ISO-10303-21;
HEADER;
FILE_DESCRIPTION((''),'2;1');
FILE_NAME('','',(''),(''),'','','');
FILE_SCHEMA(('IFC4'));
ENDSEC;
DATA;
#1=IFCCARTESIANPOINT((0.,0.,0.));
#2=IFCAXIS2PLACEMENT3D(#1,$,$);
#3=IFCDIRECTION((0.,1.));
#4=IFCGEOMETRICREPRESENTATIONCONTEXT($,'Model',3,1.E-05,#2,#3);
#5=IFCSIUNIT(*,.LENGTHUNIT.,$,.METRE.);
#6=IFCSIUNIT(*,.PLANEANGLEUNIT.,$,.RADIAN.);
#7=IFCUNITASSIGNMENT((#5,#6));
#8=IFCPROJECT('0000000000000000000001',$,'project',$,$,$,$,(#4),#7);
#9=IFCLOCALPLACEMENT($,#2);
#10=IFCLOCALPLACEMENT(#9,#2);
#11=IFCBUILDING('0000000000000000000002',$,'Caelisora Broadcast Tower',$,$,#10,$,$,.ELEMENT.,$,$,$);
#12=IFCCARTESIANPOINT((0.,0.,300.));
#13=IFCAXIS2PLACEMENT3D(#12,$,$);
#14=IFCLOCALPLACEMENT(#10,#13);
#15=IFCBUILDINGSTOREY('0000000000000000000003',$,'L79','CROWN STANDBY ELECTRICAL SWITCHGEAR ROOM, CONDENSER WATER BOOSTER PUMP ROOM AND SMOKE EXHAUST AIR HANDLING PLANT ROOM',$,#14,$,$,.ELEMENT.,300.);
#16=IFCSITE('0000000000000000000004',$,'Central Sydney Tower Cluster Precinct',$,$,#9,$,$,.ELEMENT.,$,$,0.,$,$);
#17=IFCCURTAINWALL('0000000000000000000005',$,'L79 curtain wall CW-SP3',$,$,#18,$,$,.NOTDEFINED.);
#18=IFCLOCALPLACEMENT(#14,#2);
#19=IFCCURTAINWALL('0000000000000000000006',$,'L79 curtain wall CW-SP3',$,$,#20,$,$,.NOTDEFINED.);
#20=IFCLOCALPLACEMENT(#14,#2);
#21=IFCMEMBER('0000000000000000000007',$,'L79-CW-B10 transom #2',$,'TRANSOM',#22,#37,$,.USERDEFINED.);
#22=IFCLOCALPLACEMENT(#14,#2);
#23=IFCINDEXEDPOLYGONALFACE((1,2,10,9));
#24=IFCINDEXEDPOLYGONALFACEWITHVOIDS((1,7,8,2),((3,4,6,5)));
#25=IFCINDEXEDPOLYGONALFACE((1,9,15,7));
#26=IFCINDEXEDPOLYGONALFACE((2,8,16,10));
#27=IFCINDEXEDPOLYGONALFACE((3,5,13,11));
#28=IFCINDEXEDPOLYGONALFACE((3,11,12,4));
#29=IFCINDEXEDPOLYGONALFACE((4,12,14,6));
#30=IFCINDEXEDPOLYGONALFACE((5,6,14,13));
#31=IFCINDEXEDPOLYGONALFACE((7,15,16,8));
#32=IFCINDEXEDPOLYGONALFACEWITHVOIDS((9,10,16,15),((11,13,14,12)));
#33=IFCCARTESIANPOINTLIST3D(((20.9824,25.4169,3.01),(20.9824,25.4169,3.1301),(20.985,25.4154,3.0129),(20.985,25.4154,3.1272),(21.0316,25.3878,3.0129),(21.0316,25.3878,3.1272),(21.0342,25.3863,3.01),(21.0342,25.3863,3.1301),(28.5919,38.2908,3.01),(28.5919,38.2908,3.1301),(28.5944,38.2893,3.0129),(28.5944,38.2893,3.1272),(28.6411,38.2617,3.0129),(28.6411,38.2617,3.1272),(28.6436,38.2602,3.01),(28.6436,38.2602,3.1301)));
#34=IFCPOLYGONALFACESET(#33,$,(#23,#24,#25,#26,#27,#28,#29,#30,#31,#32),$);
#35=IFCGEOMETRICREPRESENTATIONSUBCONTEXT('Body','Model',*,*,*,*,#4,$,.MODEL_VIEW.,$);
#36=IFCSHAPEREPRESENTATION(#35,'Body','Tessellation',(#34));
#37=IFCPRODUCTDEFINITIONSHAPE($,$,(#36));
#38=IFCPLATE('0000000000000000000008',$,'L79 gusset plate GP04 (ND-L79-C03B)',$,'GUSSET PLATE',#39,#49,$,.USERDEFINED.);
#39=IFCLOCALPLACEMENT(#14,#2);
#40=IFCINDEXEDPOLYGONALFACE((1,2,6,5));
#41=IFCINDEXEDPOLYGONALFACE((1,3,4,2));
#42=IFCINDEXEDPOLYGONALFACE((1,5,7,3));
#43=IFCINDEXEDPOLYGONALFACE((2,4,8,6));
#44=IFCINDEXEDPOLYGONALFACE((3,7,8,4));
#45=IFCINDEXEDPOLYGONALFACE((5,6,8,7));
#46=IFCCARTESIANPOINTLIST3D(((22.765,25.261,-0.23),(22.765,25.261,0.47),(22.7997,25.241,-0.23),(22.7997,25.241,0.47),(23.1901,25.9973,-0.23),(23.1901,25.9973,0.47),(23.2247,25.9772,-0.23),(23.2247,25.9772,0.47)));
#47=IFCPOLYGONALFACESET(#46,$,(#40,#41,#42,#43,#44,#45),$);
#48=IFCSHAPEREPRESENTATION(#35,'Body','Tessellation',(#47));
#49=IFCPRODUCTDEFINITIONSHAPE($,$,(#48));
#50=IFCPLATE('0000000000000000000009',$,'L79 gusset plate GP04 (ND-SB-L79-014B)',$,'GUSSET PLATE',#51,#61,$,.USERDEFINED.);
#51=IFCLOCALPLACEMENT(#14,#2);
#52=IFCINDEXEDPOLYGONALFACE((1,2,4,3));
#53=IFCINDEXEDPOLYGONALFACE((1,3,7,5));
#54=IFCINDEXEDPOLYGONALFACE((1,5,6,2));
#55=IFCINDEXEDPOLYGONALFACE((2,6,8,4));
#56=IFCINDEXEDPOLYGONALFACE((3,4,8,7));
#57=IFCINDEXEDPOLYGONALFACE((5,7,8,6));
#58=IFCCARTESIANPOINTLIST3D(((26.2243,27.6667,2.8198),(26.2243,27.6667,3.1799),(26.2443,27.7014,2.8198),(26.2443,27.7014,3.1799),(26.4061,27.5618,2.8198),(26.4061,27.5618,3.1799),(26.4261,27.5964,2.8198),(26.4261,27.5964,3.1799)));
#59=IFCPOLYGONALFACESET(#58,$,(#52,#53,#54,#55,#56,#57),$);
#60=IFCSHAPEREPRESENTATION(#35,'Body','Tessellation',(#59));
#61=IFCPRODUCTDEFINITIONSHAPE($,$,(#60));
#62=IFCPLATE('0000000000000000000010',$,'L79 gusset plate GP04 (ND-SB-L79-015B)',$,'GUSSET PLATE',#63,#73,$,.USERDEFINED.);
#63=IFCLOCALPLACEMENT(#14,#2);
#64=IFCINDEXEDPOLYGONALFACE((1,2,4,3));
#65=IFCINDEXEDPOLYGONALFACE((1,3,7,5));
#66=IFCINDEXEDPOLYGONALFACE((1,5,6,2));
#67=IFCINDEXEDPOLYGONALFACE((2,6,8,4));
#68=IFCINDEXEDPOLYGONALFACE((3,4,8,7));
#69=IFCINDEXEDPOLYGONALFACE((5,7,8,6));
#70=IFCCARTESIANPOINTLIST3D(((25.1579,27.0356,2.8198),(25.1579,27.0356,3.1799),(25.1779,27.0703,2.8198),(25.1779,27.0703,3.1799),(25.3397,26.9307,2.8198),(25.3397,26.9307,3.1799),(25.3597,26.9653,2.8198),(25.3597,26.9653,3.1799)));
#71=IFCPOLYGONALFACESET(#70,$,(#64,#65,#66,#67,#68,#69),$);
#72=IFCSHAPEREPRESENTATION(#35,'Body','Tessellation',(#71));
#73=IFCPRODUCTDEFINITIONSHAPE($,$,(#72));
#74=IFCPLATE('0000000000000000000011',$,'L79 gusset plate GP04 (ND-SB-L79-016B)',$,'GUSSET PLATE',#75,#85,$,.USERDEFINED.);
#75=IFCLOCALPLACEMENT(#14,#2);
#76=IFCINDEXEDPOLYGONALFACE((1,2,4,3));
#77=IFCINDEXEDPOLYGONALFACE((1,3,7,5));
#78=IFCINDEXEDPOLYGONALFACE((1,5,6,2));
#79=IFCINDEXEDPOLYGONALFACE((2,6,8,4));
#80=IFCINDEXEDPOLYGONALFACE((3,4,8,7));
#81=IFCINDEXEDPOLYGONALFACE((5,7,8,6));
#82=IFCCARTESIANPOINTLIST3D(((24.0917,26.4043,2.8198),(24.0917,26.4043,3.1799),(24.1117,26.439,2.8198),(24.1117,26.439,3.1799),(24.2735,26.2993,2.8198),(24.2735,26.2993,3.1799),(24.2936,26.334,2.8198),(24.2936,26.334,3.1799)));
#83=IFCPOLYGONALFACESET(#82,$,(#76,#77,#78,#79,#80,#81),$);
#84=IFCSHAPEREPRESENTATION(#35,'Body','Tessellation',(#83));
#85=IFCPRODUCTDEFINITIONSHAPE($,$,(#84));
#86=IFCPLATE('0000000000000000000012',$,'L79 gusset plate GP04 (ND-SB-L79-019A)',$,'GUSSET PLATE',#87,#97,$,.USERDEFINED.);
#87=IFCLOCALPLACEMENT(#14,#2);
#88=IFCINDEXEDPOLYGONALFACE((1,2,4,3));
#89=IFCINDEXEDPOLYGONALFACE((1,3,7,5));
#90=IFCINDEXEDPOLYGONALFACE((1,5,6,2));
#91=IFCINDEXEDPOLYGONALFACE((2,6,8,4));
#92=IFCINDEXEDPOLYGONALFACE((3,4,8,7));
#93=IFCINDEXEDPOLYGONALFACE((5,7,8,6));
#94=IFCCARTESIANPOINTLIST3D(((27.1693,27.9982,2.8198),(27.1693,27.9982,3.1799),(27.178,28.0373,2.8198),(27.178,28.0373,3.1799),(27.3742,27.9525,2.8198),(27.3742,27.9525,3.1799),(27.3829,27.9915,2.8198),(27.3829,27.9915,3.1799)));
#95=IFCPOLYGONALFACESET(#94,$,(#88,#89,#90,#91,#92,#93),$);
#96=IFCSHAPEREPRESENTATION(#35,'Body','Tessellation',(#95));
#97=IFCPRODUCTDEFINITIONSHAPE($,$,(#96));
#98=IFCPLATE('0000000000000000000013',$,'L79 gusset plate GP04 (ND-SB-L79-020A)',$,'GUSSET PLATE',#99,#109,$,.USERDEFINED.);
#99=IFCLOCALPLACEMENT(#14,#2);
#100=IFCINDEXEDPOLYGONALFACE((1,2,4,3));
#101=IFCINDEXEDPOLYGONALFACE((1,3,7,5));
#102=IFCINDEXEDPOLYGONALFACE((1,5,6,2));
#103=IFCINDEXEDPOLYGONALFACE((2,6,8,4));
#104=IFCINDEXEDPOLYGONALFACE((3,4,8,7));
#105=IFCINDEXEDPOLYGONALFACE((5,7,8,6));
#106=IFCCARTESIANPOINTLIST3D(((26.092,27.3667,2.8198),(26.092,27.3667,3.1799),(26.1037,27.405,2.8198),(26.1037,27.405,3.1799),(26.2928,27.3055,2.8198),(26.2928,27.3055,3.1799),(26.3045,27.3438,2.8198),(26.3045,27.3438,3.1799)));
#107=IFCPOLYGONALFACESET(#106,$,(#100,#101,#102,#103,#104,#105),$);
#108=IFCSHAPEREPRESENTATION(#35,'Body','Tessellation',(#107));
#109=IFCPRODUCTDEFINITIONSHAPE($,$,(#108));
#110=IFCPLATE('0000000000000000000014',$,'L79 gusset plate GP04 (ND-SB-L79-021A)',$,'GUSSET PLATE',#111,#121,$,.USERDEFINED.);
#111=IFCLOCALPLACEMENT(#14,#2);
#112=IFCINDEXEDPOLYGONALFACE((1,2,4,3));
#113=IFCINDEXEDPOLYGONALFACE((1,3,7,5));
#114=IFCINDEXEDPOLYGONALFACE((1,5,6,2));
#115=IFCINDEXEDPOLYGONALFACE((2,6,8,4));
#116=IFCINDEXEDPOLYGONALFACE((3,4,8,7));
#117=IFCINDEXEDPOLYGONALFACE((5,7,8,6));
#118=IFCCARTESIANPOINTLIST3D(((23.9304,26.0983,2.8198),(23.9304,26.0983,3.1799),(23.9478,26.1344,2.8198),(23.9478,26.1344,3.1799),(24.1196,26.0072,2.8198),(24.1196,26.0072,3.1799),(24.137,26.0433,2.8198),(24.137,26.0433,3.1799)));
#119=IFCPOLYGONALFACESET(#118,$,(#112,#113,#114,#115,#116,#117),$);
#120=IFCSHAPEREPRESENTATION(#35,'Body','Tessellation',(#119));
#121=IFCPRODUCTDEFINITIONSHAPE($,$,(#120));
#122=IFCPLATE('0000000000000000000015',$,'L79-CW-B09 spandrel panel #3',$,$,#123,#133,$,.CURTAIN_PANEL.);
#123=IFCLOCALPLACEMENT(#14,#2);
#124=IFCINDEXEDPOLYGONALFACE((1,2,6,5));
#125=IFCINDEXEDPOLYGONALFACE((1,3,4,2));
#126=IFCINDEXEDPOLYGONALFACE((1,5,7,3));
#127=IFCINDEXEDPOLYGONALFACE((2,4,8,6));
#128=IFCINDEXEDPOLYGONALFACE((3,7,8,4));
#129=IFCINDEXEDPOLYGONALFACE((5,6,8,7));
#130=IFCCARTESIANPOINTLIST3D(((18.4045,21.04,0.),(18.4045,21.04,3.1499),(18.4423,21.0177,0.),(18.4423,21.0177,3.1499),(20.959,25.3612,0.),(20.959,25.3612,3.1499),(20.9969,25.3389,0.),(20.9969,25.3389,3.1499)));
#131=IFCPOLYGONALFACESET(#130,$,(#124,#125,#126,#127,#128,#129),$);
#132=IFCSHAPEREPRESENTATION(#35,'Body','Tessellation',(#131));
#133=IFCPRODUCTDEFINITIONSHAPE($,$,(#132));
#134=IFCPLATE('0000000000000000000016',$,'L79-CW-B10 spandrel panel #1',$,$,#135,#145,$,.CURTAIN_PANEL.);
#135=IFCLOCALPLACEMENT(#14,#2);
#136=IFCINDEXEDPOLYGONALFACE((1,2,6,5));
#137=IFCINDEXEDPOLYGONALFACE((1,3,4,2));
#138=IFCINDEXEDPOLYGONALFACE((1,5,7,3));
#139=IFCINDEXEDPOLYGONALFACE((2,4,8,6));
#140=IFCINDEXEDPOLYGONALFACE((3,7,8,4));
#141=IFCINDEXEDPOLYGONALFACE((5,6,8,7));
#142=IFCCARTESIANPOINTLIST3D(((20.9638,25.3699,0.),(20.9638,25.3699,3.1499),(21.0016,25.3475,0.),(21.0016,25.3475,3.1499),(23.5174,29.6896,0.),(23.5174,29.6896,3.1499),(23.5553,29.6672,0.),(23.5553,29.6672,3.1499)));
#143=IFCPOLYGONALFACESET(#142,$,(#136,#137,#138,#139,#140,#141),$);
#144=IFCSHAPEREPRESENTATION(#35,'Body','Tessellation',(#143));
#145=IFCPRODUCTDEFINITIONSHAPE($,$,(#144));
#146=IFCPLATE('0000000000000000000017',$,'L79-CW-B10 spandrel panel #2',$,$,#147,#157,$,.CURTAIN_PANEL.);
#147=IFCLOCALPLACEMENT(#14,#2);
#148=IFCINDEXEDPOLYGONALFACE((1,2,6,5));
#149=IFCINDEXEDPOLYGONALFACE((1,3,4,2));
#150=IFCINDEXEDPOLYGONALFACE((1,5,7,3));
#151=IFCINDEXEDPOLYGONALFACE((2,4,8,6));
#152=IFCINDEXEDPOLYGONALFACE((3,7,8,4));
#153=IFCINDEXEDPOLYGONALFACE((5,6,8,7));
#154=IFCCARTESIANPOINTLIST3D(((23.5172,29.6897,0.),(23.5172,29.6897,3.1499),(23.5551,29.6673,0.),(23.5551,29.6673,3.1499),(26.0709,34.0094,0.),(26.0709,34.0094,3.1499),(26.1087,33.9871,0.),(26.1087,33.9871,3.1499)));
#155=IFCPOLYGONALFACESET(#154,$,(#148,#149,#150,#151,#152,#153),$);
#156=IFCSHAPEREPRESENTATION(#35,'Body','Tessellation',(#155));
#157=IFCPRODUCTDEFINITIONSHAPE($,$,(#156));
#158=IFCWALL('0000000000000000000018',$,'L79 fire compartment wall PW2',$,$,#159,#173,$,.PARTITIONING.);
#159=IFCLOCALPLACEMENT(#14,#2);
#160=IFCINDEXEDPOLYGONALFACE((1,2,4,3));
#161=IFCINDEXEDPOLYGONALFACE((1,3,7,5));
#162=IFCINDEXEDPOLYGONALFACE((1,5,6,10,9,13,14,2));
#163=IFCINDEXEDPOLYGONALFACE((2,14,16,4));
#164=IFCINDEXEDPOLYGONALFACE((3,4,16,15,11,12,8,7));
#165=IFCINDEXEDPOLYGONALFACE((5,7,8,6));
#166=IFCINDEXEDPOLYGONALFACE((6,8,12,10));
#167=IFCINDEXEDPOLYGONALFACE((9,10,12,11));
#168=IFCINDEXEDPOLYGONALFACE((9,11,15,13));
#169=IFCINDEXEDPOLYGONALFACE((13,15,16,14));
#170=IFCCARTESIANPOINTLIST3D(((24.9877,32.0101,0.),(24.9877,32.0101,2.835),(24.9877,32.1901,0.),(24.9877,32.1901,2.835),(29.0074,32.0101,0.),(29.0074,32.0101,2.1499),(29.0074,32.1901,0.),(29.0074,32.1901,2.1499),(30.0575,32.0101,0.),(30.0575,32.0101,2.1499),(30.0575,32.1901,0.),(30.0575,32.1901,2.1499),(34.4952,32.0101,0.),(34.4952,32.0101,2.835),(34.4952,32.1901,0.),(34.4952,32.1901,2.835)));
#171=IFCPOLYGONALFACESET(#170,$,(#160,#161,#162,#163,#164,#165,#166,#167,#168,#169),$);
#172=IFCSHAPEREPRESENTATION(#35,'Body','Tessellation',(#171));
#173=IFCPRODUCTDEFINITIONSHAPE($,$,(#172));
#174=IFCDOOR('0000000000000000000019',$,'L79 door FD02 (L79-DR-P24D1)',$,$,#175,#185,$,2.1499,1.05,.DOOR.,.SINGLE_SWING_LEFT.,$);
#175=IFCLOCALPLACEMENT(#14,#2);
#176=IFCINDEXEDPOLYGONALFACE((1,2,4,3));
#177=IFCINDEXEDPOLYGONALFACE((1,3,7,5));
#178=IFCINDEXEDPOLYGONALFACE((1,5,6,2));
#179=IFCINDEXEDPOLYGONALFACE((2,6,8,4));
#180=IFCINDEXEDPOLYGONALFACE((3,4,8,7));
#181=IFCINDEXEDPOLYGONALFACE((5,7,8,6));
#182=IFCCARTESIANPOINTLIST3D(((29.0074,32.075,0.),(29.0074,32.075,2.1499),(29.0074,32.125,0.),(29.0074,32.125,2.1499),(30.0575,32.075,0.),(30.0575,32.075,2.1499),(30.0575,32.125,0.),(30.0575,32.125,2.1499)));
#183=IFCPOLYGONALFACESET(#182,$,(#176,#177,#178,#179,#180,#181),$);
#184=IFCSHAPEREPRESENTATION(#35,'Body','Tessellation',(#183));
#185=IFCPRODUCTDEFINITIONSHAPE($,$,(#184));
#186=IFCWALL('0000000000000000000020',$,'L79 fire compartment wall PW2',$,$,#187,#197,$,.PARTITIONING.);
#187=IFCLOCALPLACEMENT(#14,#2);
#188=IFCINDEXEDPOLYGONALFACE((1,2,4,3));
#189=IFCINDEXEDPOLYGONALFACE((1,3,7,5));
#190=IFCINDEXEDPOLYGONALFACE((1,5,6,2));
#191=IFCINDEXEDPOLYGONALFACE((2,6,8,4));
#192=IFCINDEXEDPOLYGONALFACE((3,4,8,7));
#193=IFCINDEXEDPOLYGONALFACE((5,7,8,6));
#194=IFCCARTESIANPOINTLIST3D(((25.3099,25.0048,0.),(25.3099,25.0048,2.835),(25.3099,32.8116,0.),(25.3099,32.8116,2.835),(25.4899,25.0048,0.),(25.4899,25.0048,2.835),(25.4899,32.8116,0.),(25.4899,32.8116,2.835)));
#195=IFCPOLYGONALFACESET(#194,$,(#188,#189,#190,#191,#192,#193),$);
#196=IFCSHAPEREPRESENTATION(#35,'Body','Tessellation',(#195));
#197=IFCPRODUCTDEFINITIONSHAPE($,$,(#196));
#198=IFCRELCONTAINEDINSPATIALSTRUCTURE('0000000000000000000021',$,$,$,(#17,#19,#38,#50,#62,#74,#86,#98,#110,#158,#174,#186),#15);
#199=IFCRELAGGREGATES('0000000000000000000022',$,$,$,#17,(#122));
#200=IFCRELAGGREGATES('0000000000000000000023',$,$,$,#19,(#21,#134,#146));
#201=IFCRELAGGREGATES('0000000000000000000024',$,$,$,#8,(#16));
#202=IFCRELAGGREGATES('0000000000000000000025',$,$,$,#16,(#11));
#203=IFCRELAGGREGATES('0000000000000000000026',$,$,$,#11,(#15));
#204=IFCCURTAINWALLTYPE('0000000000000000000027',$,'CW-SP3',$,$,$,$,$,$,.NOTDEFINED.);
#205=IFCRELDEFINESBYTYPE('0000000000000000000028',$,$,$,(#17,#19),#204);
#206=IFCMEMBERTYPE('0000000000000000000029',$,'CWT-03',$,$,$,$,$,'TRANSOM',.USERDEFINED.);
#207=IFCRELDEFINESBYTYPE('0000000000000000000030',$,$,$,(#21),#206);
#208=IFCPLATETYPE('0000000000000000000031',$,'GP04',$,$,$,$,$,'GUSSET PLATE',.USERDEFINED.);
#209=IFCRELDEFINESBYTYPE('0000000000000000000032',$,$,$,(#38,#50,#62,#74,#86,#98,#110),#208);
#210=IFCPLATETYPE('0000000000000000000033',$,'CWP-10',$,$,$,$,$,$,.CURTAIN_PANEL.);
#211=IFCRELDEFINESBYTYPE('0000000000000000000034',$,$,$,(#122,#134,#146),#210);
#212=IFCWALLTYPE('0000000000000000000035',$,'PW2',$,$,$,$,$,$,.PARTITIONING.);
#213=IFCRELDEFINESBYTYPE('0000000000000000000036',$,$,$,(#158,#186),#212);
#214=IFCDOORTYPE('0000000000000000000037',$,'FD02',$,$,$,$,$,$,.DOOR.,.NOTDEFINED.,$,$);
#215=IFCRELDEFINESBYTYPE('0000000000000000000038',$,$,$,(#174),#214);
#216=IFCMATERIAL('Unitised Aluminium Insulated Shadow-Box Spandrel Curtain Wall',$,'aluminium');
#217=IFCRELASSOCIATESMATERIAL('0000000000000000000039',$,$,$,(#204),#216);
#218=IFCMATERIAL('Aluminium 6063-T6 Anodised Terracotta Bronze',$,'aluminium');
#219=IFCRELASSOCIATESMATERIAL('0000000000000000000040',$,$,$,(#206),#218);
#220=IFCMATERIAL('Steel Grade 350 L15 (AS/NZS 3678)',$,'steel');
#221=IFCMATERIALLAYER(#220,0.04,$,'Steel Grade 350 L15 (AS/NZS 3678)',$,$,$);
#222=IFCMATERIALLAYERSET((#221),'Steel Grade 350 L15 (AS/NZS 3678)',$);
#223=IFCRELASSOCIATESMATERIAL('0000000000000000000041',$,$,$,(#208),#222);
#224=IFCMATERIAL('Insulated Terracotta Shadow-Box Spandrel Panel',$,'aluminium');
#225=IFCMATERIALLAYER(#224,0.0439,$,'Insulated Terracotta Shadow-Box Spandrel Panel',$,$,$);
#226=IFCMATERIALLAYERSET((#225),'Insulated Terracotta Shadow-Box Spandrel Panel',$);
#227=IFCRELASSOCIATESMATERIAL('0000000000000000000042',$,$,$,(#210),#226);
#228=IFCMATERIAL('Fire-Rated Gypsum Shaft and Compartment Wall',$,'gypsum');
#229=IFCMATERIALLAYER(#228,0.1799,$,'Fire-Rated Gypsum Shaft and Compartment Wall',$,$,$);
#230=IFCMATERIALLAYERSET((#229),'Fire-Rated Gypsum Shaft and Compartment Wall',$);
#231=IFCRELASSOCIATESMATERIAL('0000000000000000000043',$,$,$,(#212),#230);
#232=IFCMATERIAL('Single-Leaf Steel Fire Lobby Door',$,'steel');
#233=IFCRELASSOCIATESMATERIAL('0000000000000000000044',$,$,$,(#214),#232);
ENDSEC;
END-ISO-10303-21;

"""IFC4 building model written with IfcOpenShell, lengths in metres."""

from ifc_helpers import new_model, si_unit, direction, frame, frame_2d, origin, origin_2d, place, context, subcontext, project, spatial, rectangle, hollow_rectangle, extrude, source, transform, mapped, material, layer, layer_set, material_profile, profile_set, type_object, type_shapes, element, fill, aggregate, save


model = new_model("IFC4")

# Units and contexts
model_context = context("Model", 3, precision=1e-05, world=origin(), true_north=direction((0.0, 1.0)))
body_context = subcontext(model_context, "Body", "Model", "MODEL_VIEW")
ifc_project = project(units=[si_unit("LENGTHUNIT", "METRE"), si_unit("PLANEANGLEUNIT", "RADIAN")], contexts=[model_context])

# Site, building, storey
site_placement = place(None, origin())
site = spatial("IfcSite", under=ifc_project, at=site_placement, Name="Central Sydney Tower Cluster Precinct", CompositionType="ELEMENT", RefElevation=0.0)
building_placement = place(site_placement, origin())
building = spatial("IfcBuilding", under=site, at=building_placement, Name="Caelisora Broadcast Tower", CompositionType="ELEMENT")
storey_placement = place(building_placement, frame((0.0, 0.0, 300.0)))
storey = spatial("IfcBuildingStorey", under=building, at=storey_placement, Name="L79", Description="CROWN STANDBY ELECTRICAL SWITCHGEAR ROOM, CONDENSER WATER BOOSTER PUMP ROOM AND SMOKE EXHAUST AIR HANDLING PLANT ROOM", CompositionType="ELEMENT", Elevation=300.0)

# Curtain wall
ifc_material_1 = material(Name="Unitised Aluminium Insulated Shadow-Box Spandrel Curtain Wall", Category="aluminium")
curtain_wall_type = type_object("IfcCurtainWallType", Name="CW-SP3", PredefinedType="NOTDEFINED", material=ifc_material_1)
curtain_wall_1_placement = place(storey_placement, origin())
curtain_wall_1 = element("IfcCurtainWall", 1, at=curtain_wall_1_placement, inside=storey, type_object=curtain_wall_type, Name="L79 curtain wall CW-SP3", PredefinedType="NOTDEFINED")
ifc_material_2 = material(Name="Aluminium 6063-T6 Anodised Terracotta Bronze", Category="aluminium")

# Curtain wall, member
curtain_wall_2_placement = place(storey_placement, origin())
curtain_wall_2 = element("IfcCurtainWall", 2, at=curtain_wall_2_placement, inside=storey, type_object=curtain_wall_type, Name="L79 curtain wall CW-SP3", PredefinedType="NOTDEFINED")
ifc_material_profile_1 = material_profile(ifc_material_2, hollow_rectangle(XDim=0.0601, YDim=0.1201, WallThickness=0.0029, at=origin_2d()), Name="Aluminium 6063-T6 Anodised Terracotta Bronze")
ifc_profile_set_1 = profile_set([ifc_material_profile_1], Name="Aluminium 6063-T6 Anodised Terracotta Bronze")
member_type_1 = type_object("IfcMemberType", Name="CWT-03", ElementType="TRANSOM", PredefinedType="USERDEFINED", material=ifc_profile_set_1)
shared_shape_1 = source(origin(), body_context, "Body", "SweptSolid", [
    extrude(hollow_rectangle(XDim=0.0601, YDim=0.1201, WallThickness=0.0029, at=origin_2d()), origin(), (0.0, 0.0, 1.0), 14.9546),
])
type_shapes(member_type_1, [shared_shape_1])
member_1_placement = place(storey_placement, frame((21.0083, 25.4016, 3.0701), z_axis=(0.508835, 0.860864, 0.0), x_axis=(-0.860864, 0.508835, 0.0)))
member_1 = element("IfcMember", 3, at=member_1_placement, type_object=member_type_1, Name="L79-CW-B10 transom #2", ObjectType="TRANSOM", PredefinedType="USERDEFINED", context=body_context, shape_type="MappedRepresentation", body=[
    mapped(shared_shape_1, transform((0.0, 0.0, 0.0), scale=1.0)),
])

# Plates
ifc_material_3 = material(Name="Steel Grade 350 L15 (AS/NZS 3678)", Category="steel")
ifc_layer_1 = layer(ifc_material_3, 0.04, Name="Steel Grade 350 L15 (AS/NZS 3678)")
ifc_layer_set_1 = layer_set([ifc_layer_1], Name="Steel Grade 350 L15 (AS/NZS 3678)")
plate_type_1 = type_object("IfcPlateType", Name="GP04", ElementType="GUSSET PLATE", PredefinedType="USERDEFINED", material=ifc_layer_set_1)
shared_shape_2 = source(origin(), body_context, "Body", "SweptSolid", [
    extrude(rectangle(XDim=0.8501, YDim=0.04, at=origin_2d()), origin(), (0.0, 0.0, 1.0), 0.7),
])
plate_1_placement = place(storey_placement, frame((22.9949, 25.6191, -0.23), z_axis=(0.0, 0.0, 1.0), x_axis=(-0.5, -0.866025, 0.0)))
element("IfcPlate", 4, at=plate_1_placement, inside=storey, type_object=plate_type_1, Name="L79 gusset plate GP04 (ND-L79-C03B)", ObjectType="GUSSET PLATE", PredefinedType="USERDEFINED", context=body_context, shape_type="MappedRepresentation", body=[
    mapped(shared_shape_2, transform((0.0, 0.0, 0.0), scale=1.0)),
])
shared_shape_3 = source(origin(), body_context, "Body", "SweptSolid", [
    extrude(rectangle(XDim=0.21, YDim=0.04, at=origin_2d()), origin(), (0.0, 0.0, 1.0), 0.3601),
])
type_shapes(plate_type_1, [shared_shape_2, shared_shape_3])
for number, where, z_axis, x_axis, name in (
    (5, (26.3252, 27.6316, 2.8198), (0.0, 0.0, 1.0), (0.866025, -0.5, 0.0), "L79 gusset plate GP04 (ND-SB-L79-014B)"),
    (6, (25.2588, 27.0005, 2.8198), (0.0, 0.0, 1.0), (0.866025, -0.5, 0.0), "L79 gusset plate GP04 (ND-SB-L79-015B)"),
    (7, (24.1926, 26.3691, 2.8198), (0.0, 0.0, 1.0), (0.866025, -0.5, 0.0), "L79 gusset plate GP04 (ND-SB-L79-016B)"),
    (8, (27.2761, 27.9949, 2.8198), (0.0, 0.0, 1.0), (0.975993, -0.217803, 0.0), "L79 gusset plate GP04 (ND-SB-L79-019A)"),
    (9, (26.1982, 27.3552, 2.8198), (0.0, 0.0, 1.0), (0.956509, -0.291704, 0.0), "L79 gusset plate GP04 (ND-SB-L79-020A)"),
    (10, (24.0337, 26.0708, 2.8198), (0.0, 0.0, 1.0), (0.900926, -0.433974, 0.0), "L79 gusset plate GP04 (ND-SB-L79-021A)"),
):
    element("IfcPlate", number, at=place(storey_placement, frame(where, z_axis=z_axis, x_axis=x_axis)), inside=storey, type_object=plate_type_1, Name=name, ObjectType="GUSSET PLATE", PredefinedType="USERDEFINED", context=body_context, shape_type="MappedRepresentation", body=[
        mapped(shared_shape_3, transform((0.0, 0.0, 0.0), scale=1.0)),
    ])

# Plates
ifc_material_4 = material(Name="Insulated Terracotta Shadow-Box Spandrel Panel", Category="aluminium")
ifc_layer_2 = layer(ifc_material_4, 0.0439, Name="Insulated Terracotta Shadow-Box Spandrel Panel")
ifc_layer_set_2 = layer_set([ifc_layer_2], Name="Insulated Terracotta Shadow-Box Spandrel Panel")
plate_type_2 = type_object("IfcPlateType", Name="CWP-10", PredefinedType="CURTAIN_PANEL", material=ifc_layer_set_2)
shared_shape_4 = source(origin(), body_context, "Body", "SweptSolid", [
    extrude(rectangle(XDim=5.0198, YDim=0.0439, at=origin_2d()), origin(), (0.0, 0.0, 1.0), 3.1499),
])
plate_2_placement = place(storey_placement, frame((19.7007, 23.1895, 0.0), z_axis=(0.0, 0.0, 1.0), x_axis=(0.508891, 0.860831, 0.0)))
plate_2 = element("IfcPlate", 11, at=plate_2_placement, type_object=plate_type_2, Name="L79-CW-B09 spandrel panel #3", PredefinedType="CURTAIN_PANEL", context=body_context, shape_type="MappedRepresentation", body=[
    mapped(shared_shape_4, transform((0.0, 0.0, 0.0), scale=1.0)),
])
aggregate(curtain_wall_1, [plate_2])
shared_shape_5 = source(origin(), body_context, "Body", "SweptSolid", [
    extrude(rectangle(XDim=5.0181, YDim=0.0439, at=origin_2d()), origin(), (0.0, 0.0, 1.0), 3.1499),
])
type_shapes(plate_type_2, [shared_shape_4, shared_shape_5])
plate_3_placement = place(storey_placement, frame((22.2595, 27.5186, 0.0), z_axis=(0.0, 0.0, 1.0), x_axis=(0.508891, 0.860831, 0.0)))
plate_3 = element("IfcPlate", 12, at=plate_3_placement, type_object=plate_type_2, Name="L79-CW-B10 spandrel panel #1", PredefinedType="CURTAIN_PANEL", context=body_context, shape_type="MappedRepresentation", body=[
    mapped(shared_shape_5, transform((0.0, 0.0, 0.0), scale=1.0)),
])
plate_4_placement = place(storey_placement, frame((24.813, 31.8384, 0.0), z_axis=(0.0, 0.0, 1.0), x_axis=(0.508891, 0.860831, 0.0)))
plate_4 = element("IfcPlate", 13, at=plate_4_placement, type_object=plate_type_2, Name="L79-CW-B10 spandrel panel #2", PredefinedType="CURTAIN_PANEL", context=body_context, shape_type="MappedRepresentation", body=[
    mapped(shared_shape_5, transform((0.0, 0.0, 0.0), scale=1.0)),
])
aggregate(curtain_wall_2, [member_1, plate_3, plate_4])

# Wall, opening, door
ifc_material_5 = material(Name="Fire-Rated Gypsum Shaft and Compartment Wall", Category="gypsum")
ifc_layer_3 = layer(ifc_material_5, 0.1799, Name="Fire-Rated Gypsum Shaft and Compartment Wall")
ifc_layer_set_3 = layer_set([ifc_layer_3], Name="Fire-Rated Gypsum Shaft and Compartment Wall")
wall_type = type_object("IfcWallType", Name="PW2", PredefinedType="PARTITIONING", material=ifc_layer_set_3)
wall_1_placement = place(storey_placement, frame((24.9875, 32.1001, 0.0), z_axis=(0.0, 0.0, 1.0), x_axis=(1.0, 0.0, 0.0)))
wall_1 = element("IfcWall", 14, at=wall_1_placement, inside=storey, type_object=wall_type, Name="L79 fire compartment wall PW2", PredefinedType="PARTITIONING", context=body_context, shape_type="SweptSolid", body=[
    extrude(rectangle(XDim=9.5076, YDim=0.1799, at=frame_2d((4.7539, 0.0))), origin(), (0.0, 0.0, 1.0), 2.835),
])
opening_1_placement = place(wall_1_placement, frame((4.02, 0.0, 0.0)))
opening_1 = element("IfcOpeningElement", 15, at=opening_1_placement, cuts=wall_1, PredefinedType="OPENING", context=body_context, shape_type="SweptSolid", body=[
    extrude(rectangle(XDim=1.05, YDim=2.1499, at=frame_2d((0.5249, 1.075))), frame((0.0, 0.1021, 0.0), z_axis=(0.0, -1.0, 0.0), x_axis=(1.0, 0.0, 0.0)), (0.0, 0.0, 1.0), 0.2039),
])
ifc_material_6 = material(Name="Single-Leaf Steel Fire Lobby Door", Category="steel")
door_type = type_object("IfcDoorType", Name="FD02", OperationType="NOTDEFINED", PredefinedType="DOOR", material=ifc_material_6)
door_1_placement = place(opening_1_placement, origin())
door_1 = element("IfcDoor", 16, at=door_1_placement, inside=storey, type_object=door_type, Name="L79 door FD02 (L79-DR-P24D1)", OperationType="SINGLE_SWING_LEFT", OverallHeight=2.1499, OverallWidth=1.05, PredefinedType="DOOR", context=body_context, shape_type="SweptSolid", body=[
    extrude(rectangle(XDim=1.05, YDim=2.1499, at=frame_2d((0.5249, 1.075))), frame((0.0, 0.0249, 0.0), z_axis=(0.0, -1.0, 0.0), x_axis=(1.0, 0.0, 0.0)), (0.0, 0.0, 1.0), 0.05),
])
fill(opening_1, door_1)

# Wall
wall_2_placement = place(storey_placement, frame((25.3999, 25.0049, 0.0), z_axis=(0.0, 0.0, 1.0), x_axis=(0.0, 1.0, 0.0)))
element("IfcWall", 17, at=wall_2_placement, inside=storey, type_object=wall_type, Name="L79 fire compartment wall PW2", PredefinedType="PARTITIONING", context=body_context, shape_type="SweptSolid", body=[
    extrude(rectangle(XDim=7.8069, YDim=0.1799, at=frame_2d((3.9033, 0.0))), origin(), (0.0, 0.0, 1.0), 2.835),
])

save(model, "model.ifc")
